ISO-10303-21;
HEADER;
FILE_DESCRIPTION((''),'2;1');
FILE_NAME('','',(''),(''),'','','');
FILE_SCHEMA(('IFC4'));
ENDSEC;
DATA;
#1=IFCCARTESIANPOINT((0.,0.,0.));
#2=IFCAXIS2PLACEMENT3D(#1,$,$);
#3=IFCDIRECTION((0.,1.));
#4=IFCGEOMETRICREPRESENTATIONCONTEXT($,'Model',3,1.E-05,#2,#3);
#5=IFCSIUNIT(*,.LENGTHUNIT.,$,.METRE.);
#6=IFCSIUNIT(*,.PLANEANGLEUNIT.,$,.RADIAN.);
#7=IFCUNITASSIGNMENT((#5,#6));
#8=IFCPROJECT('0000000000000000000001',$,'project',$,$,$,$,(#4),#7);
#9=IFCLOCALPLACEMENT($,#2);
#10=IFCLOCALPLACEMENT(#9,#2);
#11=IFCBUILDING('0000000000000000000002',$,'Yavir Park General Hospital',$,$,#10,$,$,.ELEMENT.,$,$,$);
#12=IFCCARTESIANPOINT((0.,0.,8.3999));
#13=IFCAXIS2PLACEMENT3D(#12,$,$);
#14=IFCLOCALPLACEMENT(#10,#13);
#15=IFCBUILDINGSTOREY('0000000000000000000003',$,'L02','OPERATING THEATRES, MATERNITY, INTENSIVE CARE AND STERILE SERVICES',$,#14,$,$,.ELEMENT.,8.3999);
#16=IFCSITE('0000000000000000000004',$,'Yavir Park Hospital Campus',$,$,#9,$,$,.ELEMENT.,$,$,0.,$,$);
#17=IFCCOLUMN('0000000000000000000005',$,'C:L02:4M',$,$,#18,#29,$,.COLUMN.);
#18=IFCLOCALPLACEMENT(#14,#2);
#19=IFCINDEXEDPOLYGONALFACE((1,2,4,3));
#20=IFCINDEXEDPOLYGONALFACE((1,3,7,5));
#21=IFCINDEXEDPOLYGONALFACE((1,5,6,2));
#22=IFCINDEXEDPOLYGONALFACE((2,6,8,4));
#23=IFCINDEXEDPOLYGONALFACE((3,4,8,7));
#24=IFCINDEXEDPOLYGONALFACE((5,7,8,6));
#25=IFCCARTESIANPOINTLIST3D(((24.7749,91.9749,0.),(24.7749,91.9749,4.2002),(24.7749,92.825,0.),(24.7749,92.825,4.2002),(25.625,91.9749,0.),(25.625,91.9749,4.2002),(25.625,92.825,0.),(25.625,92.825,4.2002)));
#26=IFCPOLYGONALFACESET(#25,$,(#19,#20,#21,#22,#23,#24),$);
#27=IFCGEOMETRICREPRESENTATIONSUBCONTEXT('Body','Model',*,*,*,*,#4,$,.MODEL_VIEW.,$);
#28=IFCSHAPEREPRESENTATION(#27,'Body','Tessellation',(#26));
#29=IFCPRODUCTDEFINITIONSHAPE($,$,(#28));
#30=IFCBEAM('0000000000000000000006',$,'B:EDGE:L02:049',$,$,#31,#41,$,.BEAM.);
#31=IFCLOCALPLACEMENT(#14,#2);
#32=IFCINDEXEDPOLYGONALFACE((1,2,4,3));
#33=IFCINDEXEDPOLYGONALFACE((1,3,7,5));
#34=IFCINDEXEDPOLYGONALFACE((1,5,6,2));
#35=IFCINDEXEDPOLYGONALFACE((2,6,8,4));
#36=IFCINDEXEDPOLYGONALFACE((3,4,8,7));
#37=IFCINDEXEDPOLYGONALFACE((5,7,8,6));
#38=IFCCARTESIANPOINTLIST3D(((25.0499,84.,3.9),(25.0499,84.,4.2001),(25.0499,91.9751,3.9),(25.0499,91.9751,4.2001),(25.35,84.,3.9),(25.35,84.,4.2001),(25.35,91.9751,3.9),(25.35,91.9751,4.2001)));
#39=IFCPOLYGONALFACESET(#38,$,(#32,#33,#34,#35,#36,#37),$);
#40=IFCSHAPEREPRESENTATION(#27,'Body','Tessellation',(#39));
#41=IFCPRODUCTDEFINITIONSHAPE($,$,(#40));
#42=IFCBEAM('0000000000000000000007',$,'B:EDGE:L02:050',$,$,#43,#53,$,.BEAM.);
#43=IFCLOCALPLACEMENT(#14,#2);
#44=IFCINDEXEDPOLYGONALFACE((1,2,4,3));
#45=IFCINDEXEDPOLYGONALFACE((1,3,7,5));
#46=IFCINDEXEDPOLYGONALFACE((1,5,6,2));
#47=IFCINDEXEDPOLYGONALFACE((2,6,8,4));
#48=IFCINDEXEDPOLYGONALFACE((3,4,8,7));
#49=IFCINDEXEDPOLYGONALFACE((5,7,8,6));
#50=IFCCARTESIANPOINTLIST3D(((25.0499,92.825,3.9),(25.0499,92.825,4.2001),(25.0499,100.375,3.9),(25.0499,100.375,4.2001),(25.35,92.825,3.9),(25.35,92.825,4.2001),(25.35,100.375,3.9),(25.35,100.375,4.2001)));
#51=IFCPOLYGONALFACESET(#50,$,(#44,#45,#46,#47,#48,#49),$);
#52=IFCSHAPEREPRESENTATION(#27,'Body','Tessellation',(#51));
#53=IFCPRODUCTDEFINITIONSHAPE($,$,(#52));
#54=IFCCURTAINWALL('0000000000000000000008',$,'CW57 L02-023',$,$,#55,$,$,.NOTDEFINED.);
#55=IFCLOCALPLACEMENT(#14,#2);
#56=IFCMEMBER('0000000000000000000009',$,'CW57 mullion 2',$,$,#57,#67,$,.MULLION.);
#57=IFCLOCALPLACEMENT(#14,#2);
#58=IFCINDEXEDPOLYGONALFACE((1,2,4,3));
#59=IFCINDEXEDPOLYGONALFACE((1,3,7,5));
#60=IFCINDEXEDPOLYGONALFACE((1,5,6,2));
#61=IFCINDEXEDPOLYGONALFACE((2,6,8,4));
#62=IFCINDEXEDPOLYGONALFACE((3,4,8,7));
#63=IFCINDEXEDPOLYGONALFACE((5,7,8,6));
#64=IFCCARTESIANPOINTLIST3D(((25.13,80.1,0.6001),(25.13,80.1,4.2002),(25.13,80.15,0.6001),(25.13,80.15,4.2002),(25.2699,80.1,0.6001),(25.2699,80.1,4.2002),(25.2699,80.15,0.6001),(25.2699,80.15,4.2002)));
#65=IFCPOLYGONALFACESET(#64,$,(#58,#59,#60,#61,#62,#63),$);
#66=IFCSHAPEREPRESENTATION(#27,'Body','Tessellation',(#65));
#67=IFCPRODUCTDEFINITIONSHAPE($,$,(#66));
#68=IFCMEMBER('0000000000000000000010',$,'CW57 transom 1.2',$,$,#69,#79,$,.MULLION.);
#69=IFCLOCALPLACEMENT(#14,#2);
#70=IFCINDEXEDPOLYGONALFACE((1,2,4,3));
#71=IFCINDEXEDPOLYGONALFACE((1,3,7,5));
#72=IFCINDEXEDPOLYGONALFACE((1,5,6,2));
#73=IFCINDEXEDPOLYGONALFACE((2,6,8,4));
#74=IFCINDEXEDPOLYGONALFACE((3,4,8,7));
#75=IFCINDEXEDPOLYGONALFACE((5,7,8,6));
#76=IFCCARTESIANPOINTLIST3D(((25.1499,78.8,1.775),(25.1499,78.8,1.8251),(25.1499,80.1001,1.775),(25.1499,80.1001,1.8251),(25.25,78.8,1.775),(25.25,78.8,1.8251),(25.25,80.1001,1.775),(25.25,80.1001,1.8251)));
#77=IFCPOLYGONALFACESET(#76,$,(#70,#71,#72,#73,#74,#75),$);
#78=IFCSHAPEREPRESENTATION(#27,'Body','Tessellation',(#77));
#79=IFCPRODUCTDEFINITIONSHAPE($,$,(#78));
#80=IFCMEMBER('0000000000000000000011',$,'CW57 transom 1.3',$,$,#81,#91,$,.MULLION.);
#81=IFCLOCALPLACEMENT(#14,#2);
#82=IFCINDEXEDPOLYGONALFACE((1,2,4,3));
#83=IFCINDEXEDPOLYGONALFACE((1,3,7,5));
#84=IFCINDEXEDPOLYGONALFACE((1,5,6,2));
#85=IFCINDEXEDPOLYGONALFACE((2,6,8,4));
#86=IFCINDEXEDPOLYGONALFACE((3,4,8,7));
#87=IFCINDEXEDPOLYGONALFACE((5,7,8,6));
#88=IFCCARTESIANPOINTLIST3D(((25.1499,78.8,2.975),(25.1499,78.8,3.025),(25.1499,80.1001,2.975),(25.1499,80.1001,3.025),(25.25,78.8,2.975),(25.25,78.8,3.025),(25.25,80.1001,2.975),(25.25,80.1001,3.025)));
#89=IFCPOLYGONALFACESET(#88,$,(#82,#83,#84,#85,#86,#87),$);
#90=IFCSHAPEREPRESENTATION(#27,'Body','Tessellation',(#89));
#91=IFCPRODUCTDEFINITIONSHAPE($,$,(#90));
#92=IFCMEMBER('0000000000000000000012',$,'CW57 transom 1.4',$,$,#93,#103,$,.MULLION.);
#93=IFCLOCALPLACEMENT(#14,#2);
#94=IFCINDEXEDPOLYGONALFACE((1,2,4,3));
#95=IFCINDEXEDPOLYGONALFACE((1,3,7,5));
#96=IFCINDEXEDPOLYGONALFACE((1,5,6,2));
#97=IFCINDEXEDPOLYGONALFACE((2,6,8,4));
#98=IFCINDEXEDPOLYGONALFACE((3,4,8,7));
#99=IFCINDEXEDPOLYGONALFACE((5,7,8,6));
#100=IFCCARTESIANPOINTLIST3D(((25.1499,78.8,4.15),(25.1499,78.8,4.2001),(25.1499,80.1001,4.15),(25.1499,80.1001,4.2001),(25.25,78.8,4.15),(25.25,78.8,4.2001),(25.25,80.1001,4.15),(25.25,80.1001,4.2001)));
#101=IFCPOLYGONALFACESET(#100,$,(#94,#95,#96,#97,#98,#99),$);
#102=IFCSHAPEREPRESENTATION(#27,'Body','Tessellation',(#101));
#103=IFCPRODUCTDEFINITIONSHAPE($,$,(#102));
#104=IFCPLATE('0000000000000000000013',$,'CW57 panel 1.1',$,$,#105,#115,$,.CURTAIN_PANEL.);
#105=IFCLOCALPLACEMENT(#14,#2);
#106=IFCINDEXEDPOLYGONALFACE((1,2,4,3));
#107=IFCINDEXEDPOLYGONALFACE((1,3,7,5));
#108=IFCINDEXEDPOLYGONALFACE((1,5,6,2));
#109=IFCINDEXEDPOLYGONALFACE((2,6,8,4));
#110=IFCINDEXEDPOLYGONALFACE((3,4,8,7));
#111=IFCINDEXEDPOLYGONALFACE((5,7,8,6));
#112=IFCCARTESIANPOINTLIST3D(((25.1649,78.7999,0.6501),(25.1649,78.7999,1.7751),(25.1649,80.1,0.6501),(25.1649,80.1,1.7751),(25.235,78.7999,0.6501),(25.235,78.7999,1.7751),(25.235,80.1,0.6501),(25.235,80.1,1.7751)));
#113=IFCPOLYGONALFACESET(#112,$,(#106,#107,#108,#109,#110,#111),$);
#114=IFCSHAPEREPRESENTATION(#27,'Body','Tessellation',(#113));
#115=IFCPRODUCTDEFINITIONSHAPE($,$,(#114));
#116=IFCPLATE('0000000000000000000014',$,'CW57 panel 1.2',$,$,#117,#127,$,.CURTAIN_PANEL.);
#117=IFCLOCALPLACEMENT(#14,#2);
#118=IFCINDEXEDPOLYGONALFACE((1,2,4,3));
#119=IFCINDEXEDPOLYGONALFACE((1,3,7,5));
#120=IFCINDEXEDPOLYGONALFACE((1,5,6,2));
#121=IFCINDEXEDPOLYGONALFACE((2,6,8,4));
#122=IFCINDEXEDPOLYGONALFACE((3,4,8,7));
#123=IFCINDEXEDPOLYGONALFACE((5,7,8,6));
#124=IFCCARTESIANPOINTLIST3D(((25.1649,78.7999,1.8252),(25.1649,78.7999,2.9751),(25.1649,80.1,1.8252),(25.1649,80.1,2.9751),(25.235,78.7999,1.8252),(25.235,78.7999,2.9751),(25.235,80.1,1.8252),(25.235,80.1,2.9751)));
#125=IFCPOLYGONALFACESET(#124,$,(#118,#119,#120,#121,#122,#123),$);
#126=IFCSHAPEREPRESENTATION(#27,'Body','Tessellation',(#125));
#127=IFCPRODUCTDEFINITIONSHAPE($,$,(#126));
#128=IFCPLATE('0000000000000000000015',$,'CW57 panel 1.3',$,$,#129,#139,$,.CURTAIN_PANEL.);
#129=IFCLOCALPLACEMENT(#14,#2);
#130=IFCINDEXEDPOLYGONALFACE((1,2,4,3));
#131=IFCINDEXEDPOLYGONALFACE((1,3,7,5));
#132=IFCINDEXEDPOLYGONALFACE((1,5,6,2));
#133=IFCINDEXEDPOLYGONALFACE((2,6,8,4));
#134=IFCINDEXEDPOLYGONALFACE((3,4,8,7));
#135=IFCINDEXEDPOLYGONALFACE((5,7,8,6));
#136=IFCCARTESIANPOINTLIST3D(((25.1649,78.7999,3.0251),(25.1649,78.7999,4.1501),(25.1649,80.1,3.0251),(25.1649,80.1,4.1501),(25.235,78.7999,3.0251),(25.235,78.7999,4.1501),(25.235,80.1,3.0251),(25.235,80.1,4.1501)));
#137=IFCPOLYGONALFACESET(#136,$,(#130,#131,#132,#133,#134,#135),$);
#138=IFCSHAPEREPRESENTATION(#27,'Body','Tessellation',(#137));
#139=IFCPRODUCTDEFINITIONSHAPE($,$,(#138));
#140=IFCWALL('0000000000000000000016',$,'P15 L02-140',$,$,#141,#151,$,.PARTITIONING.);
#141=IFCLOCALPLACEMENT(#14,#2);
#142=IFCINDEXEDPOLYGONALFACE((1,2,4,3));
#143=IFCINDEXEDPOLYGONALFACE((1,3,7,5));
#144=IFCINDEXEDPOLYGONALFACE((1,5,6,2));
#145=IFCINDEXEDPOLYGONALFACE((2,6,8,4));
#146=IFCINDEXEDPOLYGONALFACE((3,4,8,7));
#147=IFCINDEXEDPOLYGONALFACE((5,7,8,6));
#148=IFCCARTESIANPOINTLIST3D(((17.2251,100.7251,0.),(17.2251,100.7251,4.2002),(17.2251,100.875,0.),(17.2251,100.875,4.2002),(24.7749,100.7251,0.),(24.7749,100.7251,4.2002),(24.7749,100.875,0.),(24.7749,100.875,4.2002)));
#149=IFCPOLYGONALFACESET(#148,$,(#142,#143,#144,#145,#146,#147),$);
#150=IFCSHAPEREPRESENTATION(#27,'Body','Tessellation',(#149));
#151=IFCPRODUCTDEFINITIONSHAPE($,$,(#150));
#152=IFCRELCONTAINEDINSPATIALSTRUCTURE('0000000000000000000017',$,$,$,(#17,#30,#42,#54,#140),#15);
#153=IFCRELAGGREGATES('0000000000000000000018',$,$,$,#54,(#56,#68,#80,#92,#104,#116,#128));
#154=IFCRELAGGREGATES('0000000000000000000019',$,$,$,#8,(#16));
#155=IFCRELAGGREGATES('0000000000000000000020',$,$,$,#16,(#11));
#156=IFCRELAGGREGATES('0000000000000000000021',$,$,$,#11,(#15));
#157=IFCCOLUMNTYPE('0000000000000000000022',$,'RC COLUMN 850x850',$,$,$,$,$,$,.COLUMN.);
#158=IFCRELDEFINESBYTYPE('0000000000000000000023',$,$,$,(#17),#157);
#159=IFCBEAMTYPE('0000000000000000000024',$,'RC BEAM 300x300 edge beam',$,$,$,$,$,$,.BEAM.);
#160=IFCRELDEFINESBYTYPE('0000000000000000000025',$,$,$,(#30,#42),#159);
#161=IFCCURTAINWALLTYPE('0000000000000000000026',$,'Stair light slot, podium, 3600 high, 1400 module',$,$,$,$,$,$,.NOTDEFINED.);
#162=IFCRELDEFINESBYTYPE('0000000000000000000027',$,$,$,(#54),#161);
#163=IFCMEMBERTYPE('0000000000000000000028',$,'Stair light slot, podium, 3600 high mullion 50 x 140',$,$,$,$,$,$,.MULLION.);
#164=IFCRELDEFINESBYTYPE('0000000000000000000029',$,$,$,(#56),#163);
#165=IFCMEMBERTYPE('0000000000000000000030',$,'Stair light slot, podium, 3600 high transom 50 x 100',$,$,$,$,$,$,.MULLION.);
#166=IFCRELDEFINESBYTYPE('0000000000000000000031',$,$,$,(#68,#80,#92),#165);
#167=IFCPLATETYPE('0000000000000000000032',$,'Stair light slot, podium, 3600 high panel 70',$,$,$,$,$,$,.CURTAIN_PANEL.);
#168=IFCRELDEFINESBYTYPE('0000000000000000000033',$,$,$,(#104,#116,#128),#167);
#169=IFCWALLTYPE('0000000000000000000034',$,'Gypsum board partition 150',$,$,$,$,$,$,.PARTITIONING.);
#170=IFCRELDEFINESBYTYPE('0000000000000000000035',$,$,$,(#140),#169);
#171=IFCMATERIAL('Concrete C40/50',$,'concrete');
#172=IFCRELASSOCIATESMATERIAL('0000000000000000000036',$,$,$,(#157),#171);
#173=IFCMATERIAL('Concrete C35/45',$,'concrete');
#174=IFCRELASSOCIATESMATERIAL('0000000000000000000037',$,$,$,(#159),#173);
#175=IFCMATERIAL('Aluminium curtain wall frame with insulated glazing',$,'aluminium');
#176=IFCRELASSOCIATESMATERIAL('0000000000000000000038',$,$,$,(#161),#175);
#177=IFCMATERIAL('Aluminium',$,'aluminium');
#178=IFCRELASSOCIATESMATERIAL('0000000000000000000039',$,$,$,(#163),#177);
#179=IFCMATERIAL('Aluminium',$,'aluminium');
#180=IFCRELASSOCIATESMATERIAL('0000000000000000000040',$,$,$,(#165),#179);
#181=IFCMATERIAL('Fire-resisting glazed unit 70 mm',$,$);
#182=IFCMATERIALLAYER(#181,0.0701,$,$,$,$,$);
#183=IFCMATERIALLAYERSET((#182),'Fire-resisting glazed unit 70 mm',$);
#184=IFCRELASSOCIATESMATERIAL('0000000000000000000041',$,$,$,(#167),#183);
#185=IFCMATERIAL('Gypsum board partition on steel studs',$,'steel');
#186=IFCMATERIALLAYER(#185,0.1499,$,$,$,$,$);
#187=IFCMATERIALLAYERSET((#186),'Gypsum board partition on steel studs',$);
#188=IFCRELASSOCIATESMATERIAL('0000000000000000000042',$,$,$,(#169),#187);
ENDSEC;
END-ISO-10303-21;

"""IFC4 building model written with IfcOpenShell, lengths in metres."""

from ifc_helpers import new_model, si_unit, direction, frame, frame_2d, origin, origin_2d, place, context, subcontext, project, spatial, rectangle, extrude, material, layer, layer_set, material_profile, profile_set, type_object, element, aggregate, save


model = new_model("IFC4")

# Units and contexts
model_context = context("Model", 3, precision=1e-05, world=origin(), true_north=direction((0.0, 1.0)))
body_context = subcontext(model_context, "Body", "Model", "MODEL_VIEW")
ifc_project = project(units=[si_unit("LENGTHUNIT", "METRE"), si_unit("PLANEANGLEUNIT", "RADIAN")], contexts=[model_context])

# Site, building, storey
site_placement = place(None, origin())
site = spatial("IfcSite", under=ifc_project, at=site_placement, Name="Yavir Park Hospital Campus", CompositionType="ELEMENT", RefElevation=0.0)
building_placement = place(site_placement, origin())
building = spatial("IfcBuilding", under=site, at=building_placement, Name="Yavir Park General Hospital", CompositionType="ELEMENT")
storey_placement = place(building_placement, frame((0.0, 0.0, 8.3999)))
storey = spatial("IfcBuildingStorey", under=building, at=storey_placement, Name="L02", Description="OPERATING THEATRES, MATERNITY, INTENSIVE CARE AND STERILE SERVICES", CompositionType="ELEMENT", Elevation=8.3999)

# Column
ifc_material_1 = material(Name="Concrete C40/50", Category="concrete")
ifc_material_profile_1 = material_profile(ifc_material_1, rectangle(XDim=0.8501, YDim=0.8501, at=origin_2d()), Name="RC850x850")
ifc_profile_set_1 = profile_set([ifc_material_profile_1], Name="Concrete C40/50")
column_type = type_object("IfcColumnType", Name="RC COLUMN 850x850", PredefinedType="COLUMN", material=ifc_profile_set_1)
column_placement = place(storey_placement, frame((25.2, 92.3999, 0.0), z_axis=(0.0, 0.0, 1.0), x_axis=(1.0, 0.0, 0.0)))
element("IfcColumn", 1, at=column_placement, inside=storey, type_object=column_type, Name="C:L02:4M", PredefinedType="COLUMN", context=body_context, shape_type="SweptSolid", body=[
    extrude(rectangle(XDim=0.8501, YDim=0.8501, at=origin_2d()), origin(), (0.0, 0.0, 1.0), 4.2002),
])

# Beams
ifc_material_2 = material(Name="Concrete C35/45", Category="concrete")
ifc_material_profile_2 = material_profile(ifc_material_2, rectangle(XDim=0.3, YDim=0.3, at=origin_2d()), Name="RC300x300")
ifc_profile_set_2 = profile_set([ifc_material_profile_2], Name="Concrete C35/45")
beam_type = type_object("IfcBeamType", Name="RC BEAM 300x300 edge beam", PredefinedType="BEAM", material=ifc_profile_set_2)
beam_1_placement = place(storey_placement, frame((25.2, 84.0, 4.05), z_axis=(0.0, 1.0, 0.0), x_axis=(-1.0, 0.0, 0.0)))
element("IfcBeam", 2, at=beam_1_placement, inside=storey, type_object=beam_type, Name="B:EDGE:L02:049", PredefinedType="BEAM", context=body_context, shape_type="SweptSolid", body=[
    extrude(rectangle(XDim=0.3, YDim=0.3, at=origin_2d()), origin(), (0.0, 0.0, 1.0), 7.9751),
])
beam_2_placement = place(storey_placement, frame((25.2, 92.825, 4.05), z_axis=(0.0, 1.0, 0.0), x_axis=(-1.0, 0.0, 0.0)))
element("IfcBeam", 3, at=beam_2_placement, inside=storey, type_object=beam_type, Name="B:EDGE:L02:050", PredefinedType="BEAM", context=body_context, shape_type="SweptSolid", body=[
    extrude(rectangle(XDim=0.3, YDim=0.3, at=origin_2d()), origin(), (0.0, 0.0, 1.0), 7.55),
])

# Curtain wall, members, plates
ifc_material_3 = material(Name="Aluminium curtain wall frame with insulated glazing", Category="aluminium")
curtain_wall_type = type_object("IfcCurtainWallType", Name="Stair light slot, podium, 3600 high, 1400 module", PredefinedType="NOTDEFINED", material=ifc_material_3)
curtain_wall_placement = place(storey_placement, origin())
curtain_wall = element("IfcCurtainWall", 4, at=curtain_wall_placement, inside=storey, type_object=curtain_wall_type, Name="CW57 L02-023", PredefinedType="NOTDEFINED")
ifc_material_4 = material(Name="Aluminium", Category="aluminium")
ifc_material_profile_3 = material_profile(ifc_material_4, rectangle(XDim=0.1399, YDim=0.05, at=origin_2d()), Name="AL 50x140")
ifc_profile_set_3 = profile_set([ifc_material_profile_3], Name="Aluminium")
member_type_1 = type_object("IfcMemberType", Name="Stair light slot, podium, 3600 high mullion 50 x 140", PredefinedType="MULLION", material=ifc_profile_set_3)
member_1_placement = place(storey_placement, frame((25.2, 80.125, 0.6001), z_axis=(0.0, 0.0, 1.0), x_axis=(-1.0, 0.0, 0.0)))
member_1 = element("IfcMember", 5, at=member_1_placement, type_object=member_type_1, Name="CW57 mullion 2", PredefinedType="MULLION", context=body_context, shape_type="SweptSolid", body=[
    extrude(rectangle(XDim=0.1399, YDim=0.05, at=origin_2d()), origin(), (0.0, 0.0, 1.0), 3.6001),
])
ifc_material_5 = material(Name="Aluminium", Category="aluminium")
ifc_material_profile_4 = material_profile(ifc_material_5, rectangle(XDim=0.1001, YDim=0.05, at=origin_2d()), Name="AL 100x50")
ifc_profile_set_4 = profile_set([ifc_material_profile_4], Name="Aluminium")
member_type_2 = type_object("IfcMemberType", Name="Stair light slot, podium, 3600 high transom 50 x 100", PredefinedType="MULLION", material=ifc_profile_set_4)
member_2_placement = place(storey_placement, frame((25.2, 78.8, 1.8), z_axis=(0.0, 1.0, 0.0), x_axis=(-1.0, 0.0, 0.0)))
member_2 = element("IfcMember", 6, at=member_2_placement, type_object=member_type_2, Name="CW57 transom 1.2", PredefinedType="MULLION", context=body_context, shape_type="SweptSolid", body=[
    extrude(rectangle(XDim=0.1001, YDim=0.05, at=origin_2d()), origin(), (0.0, 0.0, 1.0), 1.3),
])
member_3_placement = place(storey_placement, frame((25.2, 78.8, 3.0), z_axis=(0.0, 1.0, 0.0), x_axis=(-1.0, 0.0, 0.0)))
member_3 = element("IfcMember", 7, at=member_3_placement, type_object=member_type_2, Name="CW57 transom 1.3", PredefinedType="MULLION", context=body_context, shape_type="SweptSolid", body=[
    extrude(rectangle(XDim=0.1001, YDim=0.05, at=origin_2d()), origin(), (0.0, 0.0, 1.0), 1.3),
])
member_4_placement = place(storey_placement, frame((25.2, 78.8, 4.175), z_axis=(0.0, 1.0, 0.0), x_axis=(-1.0, 0.0, 0.0)))
member_4 = element("IfcMember", 8, at=member_4_placement, type_object=member_type_2, Name="CW57 transom 1.4", PredefinedType="MULLION", context=body_context, shape_type="SweptSolid", body=[
    extrude(rectangle(XDim=0.1001, YDim=0.05, at=origin_2d()), origin(), (0.0, 0.0, 1.0), 1.3),
])
ifc_material_6 = material(Name="Fire-resisting glazed unit 70 mm")
ifc_layer_1 = layer(ifc_material_6, 0.0701)
ifc_layer_set_1 = layer_set([ifc_layer_1], Name="Fire-resisting glazed unit 70 mm")
plate_type = type_object("IfcPlateType", Name="Stair light slot, podium, 3600 high panel 70", PredefinedType="CURTAIN_PANEL", material=ifc_layer_set_1)
plate_1_placement = place(storey_placement, frame((25.2, 79.45, 0.6501), z_axis=(0.0, 0.0, 1.0), x_axis=(0.0, 1.0, 0.0)))
plate_1 = element("IfcPlate", 9, at=plate_1_placement, type_object=plate_type, Name="CW57 panel 1.1", PredefinedType="CURTAIN_PANEL", context=body_context, shape_type="SweptSolid", body=[
    extrude(rectangle(XDim=1.3, YDim=0.0701, at=origin_2d()), origin(), (0.0, 0.0, 1.0), 1.125),
])
plate_2_placement = place(storey_placement, frame((25.2, 79.45, 1.8252), z_axis=(0.0, 0.0, 1.0), x_axis=(0.0, 1.0, 0.0)))
plate_2 = element("IfcPlate", 10, at=plate_2_placement, type_object=plate_type, Name="CW57 panel 1.2", PredefinedType="CURTAIN_PANEL", context=body_context, shape_type="SweptSolid", body=[
    extrude(rectangle(XDim=1.3, YDim=0.0701, at=origin_2d()), origin(), (0.0, 0.0, 1.0), 1.1499),
])
plate_3_placement = place(storey_placement, frame((25.2, 79.45, 3.0251), z_axis=(0.0, 0.0, 1.0), x_axis=(0.0, 1.0, 0.0)))
plate_3 = element("IfcPlate", 11, at=plate_3_placement, type_object=plate_type, Name="CW57 panel 1.3", PredefinedType="CURTAIN_PANEL", context=body_context, shape_type="SweptSolid", body=[
    extrude(rectangle(XDim=1.3, YDim=0.0701, at=origin_2d()), origin(), (0.0, 0.0, 1.0), 1.125),
])
aggregate(curtain_wall, [member_1, member_2, member_3, member_4, plate_1, plate_2, plate_3])

# Shared definitions
ifc_material_7 = material(Name="Gypsum board partition on steel studs", Category="steel")
ifc_layer_2 = layer(ifc_material_7, 0.1499)
ifc_layer_set_2 = layer_set([ifc_layer_2], Name="Gypsum board partition on steel studs")
wall_type_1 = type_object("IfcWallType", Name="Gypsum board partition 150", PredefinedType="PARTITIONING", material=ifc_layer_set_2)

# Wall
wall_1_placement = place(storey_placement, frame((17.2251, 100.8, 0.0), z_axis=(0.0, 0.0, 1.0), x_axis=(1.0, 0.0, 0.0)))
element("IfcWall", 12, at=wall_1_placement, inside=storey, type_object=wall_type_1, Name="P15 L02-140", PredefinedType="PARTITIONING", context=body_context, shape_type="SweptSolid", body=[
    extrude(rectangle(XDim=7.5498, YDim=0.1499, at=frame_2d((3.7749, 0.0))), origin(), (0.0, 0.0, 1.0), 4.2002),
])

save(model, "model.ifc")
